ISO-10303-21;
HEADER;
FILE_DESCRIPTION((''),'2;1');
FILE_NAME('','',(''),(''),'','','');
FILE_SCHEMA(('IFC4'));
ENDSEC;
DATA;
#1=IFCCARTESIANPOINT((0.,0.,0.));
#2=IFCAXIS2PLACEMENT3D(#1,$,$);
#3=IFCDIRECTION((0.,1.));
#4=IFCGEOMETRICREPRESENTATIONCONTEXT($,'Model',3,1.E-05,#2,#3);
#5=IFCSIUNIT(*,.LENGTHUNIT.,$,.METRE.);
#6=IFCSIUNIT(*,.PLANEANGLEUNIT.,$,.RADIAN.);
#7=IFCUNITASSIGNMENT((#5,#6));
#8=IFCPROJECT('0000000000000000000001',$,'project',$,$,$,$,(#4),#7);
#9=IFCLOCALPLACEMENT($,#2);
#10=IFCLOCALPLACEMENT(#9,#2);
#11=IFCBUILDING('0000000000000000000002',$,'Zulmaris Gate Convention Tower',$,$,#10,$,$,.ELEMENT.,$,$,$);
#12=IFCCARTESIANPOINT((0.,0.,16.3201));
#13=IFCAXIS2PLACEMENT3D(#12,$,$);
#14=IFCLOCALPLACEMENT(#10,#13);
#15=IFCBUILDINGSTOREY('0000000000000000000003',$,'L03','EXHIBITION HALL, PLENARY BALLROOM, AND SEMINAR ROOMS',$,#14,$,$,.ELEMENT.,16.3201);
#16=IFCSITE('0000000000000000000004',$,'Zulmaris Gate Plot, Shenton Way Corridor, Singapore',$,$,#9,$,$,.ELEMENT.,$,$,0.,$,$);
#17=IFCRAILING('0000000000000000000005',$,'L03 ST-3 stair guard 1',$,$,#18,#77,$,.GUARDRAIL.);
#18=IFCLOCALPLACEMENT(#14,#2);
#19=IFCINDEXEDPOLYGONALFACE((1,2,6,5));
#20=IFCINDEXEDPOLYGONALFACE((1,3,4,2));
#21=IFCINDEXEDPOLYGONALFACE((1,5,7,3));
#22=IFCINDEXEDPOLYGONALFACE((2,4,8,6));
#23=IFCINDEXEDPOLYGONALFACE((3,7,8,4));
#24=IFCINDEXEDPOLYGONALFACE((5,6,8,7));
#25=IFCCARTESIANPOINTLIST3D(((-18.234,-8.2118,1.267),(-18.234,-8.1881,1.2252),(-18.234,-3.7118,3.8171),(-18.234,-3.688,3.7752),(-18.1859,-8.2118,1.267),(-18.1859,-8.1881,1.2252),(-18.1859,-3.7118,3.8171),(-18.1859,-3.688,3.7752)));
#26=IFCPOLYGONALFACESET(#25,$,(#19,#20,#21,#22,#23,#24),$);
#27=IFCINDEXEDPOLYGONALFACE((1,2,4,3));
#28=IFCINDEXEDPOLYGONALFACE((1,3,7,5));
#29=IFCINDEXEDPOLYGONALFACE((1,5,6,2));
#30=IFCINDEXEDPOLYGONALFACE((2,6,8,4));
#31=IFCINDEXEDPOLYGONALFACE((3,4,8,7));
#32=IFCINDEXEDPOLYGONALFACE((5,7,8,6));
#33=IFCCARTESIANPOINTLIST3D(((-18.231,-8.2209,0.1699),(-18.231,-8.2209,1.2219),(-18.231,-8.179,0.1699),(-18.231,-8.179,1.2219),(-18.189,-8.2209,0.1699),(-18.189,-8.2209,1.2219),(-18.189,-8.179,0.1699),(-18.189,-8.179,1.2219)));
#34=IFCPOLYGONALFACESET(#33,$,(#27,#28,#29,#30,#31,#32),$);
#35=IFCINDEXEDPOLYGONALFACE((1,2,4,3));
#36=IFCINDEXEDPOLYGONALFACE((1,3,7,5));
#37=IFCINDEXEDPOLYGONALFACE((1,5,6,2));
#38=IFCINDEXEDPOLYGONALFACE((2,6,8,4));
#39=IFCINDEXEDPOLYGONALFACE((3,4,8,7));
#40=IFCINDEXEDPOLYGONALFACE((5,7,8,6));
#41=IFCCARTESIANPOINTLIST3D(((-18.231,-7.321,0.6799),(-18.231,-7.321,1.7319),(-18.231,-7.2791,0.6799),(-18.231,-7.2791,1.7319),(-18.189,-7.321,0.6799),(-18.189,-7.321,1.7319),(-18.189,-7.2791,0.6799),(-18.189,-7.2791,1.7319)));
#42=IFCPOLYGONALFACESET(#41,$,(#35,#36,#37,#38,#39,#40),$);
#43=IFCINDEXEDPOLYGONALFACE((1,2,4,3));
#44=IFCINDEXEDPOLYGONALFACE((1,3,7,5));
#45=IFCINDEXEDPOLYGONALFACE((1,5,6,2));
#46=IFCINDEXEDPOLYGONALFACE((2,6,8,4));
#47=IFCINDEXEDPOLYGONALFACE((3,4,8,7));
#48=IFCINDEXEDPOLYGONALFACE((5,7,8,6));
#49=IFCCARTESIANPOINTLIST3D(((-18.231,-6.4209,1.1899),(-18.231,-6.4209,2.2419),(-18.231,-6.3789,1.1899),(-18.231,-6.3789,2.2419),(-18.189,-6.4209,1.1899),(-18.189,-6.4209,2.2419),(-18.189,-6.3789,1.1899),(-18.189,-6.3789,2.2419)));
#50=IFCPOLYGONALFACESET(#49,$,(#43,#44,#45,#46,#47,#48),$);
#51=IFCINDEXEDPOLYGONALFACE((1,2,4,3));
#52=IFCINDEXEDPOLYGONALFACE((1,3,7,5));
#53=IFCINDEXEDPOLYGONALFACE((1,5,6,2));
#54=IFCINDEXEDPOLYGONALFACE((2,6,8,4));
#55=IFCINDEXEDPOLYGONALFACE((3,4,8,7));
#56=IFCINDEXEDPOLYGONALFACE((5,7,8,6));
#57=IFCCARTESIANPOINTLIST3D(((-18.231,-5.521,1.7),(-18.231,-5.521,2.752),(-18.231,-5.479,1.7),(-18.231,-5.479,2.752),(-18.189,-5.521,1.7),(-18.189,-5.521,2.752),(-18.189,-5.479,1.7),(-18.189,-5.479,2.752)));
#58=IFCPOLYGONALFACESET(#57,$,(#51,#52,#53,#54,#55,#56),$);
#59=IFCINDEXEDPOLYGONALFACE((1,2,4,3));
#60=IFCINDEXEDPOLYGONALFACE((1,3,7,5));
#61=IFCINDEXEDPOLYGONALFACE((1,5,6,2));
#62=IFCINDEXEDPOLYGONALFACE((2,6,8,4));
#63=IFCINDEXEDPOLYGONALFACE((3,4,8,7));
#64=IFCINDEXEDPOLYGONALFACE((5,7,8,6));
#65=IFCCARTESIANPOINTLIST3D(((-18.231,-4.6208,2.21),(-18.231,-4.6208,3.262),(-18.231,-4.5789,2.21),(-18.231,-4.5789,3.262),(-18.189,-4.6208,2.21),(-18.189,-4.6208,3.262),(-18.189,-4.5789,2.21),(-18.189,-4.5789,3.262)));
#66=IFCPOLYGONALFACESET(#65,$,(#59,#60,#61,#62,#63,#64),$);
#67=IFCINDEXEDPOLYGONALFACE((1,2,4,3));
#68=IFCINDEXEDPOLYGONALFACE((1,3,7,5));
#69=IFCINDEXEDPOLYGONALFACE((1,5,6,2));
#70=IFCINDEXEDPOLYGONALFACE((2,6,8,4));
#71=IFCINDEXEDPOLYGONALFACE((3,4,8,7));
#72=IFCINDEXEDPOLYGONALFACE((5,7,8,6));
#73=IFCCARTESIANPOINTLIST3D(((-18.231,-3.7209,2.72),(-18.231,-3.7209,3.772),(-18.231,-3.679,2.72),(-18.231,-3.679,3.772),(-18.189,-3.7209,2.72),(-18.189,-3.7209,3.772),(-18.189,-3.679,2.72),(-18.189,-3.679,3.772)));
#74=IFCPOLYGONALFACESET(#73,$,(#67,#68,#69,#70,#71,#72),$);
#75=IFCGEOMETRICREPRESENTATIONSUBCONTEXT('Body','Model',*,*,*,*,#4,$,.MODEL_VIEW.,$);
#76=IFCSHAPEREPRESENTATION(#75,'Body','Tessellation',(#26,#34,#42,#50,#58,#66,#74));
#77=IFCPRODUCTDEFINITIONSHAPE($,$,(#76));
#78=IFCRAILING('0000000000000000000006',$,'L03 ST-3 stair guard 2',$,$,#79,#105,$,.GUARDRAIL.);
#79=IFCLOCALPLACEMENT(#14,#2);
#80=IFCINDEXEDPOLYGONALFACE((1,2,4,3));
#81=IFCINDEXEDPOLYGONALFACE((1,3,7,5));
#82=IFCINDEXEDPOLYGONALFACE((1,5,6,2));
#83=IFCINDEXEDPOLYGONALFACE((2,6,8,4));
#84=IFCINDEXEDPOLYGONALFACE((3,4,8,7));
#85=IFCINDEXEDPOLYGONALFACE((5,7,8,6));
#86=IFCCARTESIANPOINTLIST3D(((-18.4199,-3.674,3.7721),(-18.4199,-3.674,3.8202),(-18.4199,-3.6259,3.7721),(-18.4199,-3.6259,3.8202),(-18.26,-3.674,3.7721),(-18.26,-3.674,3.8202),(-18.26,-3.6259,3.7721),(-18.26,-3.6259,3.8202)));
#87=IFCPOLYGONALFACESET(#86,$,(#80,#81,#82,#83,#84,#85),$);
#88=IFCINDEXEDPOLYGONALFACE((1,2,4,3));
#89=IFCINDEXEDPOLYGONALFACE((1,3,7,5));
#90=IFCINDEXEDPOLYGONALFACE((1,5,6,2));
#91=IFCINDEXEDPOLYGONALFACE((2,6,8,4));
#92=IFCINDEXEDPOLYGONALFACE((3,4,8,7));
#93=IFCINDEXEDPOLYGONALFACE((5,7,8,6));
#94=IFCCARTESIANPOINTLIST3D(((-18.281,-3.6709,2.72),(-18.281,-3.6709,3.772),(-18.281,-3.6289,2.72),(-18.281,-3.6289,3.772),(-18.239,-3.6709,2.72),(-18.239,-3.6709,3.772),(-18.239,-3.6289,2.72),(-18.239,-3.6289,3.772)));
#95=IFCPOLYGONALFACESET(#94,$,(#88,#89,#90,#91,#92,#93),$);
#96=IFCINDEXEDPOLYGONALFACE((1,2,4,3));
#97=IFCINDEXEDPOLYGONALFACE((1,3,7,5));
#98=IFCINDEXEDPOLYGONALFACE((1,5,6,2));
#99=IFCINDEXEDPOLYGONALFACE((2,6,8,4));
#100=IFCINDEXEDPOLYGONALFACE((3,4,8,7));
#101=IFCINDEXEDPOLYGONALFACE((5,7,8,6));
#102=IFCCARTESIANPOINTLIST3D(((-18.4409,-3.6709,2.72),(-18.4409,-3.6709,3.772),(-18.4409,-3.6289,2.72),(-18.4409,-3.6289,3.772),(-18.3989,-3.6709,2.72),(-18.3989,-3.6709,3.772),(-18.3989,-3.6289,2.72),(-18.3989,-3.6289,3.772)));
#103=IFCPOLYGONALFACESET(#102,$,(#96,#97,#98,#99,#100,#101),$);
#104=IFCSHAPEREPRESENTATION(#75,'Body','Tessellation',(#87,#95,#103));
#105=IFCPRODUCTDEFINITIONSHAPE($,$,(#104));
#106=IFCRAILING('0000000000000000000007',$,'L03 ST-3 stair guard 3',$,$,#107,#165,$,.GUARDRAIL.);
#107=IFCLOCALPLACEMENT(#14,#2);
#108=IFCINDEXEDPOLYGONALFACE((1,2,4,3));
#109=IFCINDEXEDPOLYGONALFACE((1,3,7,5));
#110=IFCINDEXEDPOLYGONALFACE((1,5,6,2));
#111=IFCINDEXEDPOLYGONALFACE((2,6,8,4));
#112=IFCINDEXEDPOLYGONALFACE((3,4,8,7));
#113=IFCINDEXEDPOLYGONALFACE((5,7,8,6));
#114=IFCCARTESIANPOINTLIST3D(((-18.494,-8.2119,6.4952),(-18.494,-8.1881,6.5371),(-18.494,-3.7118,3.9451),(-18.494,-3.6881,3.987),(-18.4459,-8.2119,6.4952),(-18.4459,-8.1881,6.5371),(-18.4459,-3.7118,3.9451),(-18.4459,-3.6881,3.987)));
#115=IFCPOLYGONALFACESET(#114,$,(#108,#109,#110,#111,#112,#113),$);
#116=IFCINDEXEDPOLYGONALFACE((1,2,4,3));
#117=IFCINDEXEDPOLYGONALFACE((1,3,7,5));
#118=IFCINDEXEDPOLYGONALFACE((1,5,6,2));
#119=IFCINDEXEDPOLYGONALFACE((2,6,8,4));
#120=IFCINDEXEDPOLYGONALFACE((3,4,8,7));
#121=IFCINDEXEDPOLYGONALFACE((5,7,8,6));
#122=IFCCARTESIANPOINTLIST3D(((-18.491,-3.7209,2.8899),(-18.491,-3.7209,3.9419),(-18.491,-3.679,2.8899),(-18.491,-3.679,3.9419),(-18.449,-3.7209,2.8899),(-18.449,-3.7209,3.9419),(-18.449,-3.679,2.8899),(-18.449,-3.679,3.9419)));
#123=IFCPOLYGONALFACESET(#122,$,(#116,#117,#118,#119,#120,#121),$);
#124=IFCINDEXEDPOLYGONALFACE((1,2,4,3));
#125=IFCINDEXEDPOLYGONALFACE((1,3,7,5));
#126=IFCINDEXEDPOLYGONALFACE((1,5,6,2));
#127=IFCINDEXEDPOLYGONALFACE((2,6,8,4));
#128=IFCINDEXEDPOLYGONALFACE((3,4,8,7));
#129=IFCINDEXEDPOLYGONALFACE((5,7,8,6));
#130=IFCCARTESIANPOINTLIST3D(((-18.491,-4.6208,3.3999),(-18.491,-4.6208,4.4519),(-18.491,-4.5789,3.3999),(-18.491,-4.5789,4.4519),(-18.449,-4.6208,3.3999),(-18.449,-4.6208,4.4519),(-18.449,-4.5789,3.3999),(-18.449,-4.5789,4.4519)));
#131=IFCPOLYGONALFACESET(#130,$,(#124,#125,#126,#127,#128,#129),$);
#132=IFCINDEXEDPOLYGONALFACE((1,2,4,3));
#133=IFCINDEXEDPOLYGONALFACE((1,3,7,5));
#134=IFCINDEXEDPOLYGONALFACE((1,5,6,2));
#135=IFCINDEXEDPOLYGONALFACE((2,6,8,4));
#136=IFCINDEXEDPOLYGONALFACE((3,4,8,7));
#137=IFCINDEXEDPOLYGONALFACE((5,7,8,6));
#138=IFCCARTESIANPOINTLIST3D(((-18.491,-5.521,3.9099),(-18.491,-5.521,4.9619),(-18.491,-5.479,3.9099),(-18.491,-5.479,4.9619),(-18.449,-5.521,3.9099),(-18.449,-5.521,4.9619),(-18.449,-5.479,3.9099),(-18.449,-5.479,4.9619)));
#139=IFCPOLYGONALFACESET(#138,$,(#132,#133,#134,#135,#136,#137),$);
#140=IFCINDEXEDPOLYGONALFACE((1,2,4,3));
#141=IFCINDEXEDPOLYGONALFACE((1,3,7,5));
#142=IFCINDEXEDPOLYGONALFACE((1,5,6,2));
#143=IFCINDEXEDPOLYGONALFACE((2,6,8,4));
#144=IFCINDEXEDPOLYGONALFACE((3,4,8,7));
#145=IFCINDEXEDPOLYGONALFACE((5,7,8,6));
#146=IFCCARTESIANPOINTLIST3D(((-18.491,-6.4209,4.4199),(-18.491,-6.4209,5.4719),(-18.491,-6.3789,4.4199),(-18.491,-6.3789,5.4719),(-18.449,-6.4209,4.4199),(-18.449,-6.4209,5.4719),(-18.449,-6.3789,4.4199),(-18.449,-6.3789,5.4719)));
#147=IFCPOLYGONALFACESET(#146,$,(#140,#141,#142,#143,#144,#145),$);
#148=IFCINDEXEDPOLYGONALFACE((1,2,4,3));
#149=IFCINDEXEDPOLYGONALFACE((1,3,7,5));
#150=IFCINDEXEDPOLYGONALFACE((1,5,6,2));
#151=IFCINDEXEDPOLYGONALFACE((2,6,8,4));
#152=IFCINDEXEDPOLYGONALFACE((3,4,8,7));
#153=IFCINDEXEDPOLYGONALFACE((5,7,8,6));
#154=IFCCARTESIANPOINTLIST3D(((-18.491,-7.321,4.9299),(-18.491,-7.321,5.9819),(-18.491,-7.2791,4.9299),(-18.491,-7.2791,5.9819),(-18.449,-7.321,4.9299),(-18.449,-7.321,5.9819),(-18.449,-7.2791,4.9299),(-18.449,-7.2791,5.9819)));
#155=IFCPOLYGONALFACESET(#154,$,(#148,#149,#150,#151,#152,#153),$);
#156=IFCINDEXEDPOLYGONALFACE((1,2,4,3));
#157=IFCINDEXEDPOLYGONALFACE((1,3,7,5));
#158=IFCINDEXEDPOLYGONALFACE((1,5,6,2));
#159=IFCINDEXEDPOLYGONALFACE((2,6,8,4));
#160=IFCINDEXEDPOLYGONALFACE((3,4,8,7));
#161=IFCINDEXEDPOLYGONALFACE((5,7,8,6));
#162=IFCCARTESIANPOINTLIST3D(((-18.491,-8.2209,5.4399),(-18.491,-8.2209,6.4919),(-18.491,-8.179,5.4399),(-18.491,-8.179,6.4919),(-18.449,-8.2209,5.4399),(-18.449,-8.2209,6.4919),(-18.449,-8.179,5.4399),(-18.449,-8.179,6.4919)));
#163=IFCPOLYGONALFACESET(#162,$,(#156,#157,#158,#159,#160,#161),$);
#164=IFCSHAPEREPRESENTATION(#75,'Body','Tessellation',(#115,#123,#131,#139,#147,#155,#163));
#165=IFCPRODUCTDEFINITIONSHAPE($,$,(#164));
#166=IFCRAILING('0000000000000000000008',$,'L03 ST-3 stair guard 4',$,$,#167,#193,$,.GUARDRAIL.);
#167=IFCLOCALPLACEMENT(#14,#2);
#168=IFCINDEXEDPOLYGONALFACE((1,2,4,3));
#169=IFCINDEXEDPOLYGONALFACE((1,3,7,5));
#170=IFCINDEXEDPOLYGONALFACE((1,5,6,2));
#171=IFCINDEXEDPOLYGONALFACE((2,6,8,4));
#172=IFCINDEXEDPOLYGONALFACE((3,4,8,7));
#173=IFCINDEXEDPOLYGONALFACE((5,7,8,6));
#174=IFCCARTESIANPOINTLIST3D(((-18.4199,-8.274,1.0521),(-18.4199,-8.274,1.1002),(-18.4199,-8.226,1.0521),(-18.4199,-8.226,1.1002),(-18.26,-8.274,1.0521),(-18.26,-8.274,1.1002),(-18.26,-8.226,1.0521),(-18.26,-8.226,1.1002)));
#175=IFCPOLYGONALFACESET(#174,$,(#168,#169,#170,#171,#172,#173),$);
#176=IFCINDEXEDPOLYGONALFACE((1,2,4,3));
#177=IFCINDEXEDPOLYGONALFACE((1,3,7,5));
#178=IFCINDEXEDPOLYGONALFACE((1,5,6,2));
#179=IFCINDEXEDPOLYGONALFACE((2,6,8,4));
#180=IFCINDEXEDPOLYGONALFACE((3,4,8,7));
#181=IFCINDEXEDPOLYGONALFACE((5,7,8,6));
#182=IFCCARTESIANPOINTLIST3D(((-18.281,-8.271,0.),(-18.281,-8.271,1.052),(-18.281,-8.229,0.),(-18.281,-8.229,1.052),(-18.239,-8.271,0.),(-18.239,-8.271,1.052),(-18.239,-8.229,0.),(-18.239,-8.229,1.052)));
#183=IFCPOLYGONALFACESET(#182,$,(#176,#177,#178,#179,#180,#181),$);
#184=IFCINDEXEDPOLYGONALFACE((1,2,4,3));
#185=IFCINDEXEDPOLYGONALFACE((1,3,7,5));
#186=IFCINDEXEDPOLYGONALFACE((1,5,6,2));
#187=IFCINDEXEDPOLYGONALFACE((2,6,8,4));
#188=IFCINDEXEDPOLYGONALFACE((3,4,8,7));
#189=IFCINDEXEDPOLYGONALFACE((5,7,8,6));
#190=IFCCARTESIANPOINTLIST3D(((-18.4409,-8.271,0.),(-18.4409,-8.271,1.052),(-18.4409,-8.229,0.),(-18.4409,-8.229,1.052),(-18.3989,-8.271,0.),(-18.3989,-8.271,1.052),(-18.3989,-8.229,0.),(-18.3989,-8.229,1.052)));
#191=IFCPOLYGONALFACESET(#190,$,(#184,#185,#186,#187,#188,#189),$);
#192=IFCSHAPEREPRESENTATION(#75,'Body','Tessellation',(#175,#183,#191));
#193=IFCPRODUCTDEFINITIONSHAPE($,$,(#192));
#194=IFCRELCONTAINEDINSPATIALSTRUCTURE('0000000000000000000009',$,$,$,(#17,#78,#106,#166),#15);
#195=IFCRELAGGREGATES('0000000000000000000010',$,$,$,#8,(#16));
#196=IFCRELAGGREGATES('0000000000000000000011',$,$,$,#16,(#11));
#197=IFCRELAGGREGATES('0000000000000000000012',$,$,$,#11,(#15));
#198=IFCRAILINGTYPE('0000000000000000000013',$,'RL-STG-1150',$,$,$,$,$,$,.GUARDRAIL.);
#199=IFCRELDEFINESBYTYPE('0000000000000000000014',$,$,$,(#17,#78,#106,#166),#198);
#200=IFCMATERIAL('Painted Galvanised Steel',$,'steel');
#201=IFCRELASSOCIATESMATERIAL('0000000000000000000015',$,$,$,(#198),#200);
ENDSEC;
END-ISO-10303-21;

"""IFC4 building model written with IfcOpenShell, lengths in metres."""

from ifc_helpers import new_model, si_unit, direction, frame, origin, origin_2d, place, context, subcontext, project, spatial, rectangle, extrude, material, type_object, element, save


model = new_model("IFC4")

# Units and contexts
model_context = context("Model", 3, precision=1e-05, world=origin(), true_north=direction((0.0, 1.0)))
body_context = subcontext(model_context, "Body", "Model", "MODEL_VIEW")
ifc_project = project(units=[si_unit("LENGTHUNIT", "METRE"), si_unit("PLANEANGLEUNIT", "RADIAN")], contexts=[model_context])

# Site, building, storey
site_placement = place(None, origin())
site = spatial("IfcSite", under=ifc_project, at=site_placement, Name="Zulmaris Gate Plot, Shenton Way Corridor, Singapore", CompositionType="ELEMENT", RefElevation=0.0)
building_placement = place(site_placement, origin())
building = spatial("IfcBuilding", under=site, at=building_placement, Name="Zulmaris Gate Convention Tower", CompositionType="ELEMENT")
storey_placement = place(building_placement, frame((0.0, 0.0, 16.3201)))
storey = spatial("IfcBuildingStorey", under=building, at=storey_placement, Name="L03", Description="EXHIBITION HALL, PLENARY BALLROOM, AND SEMINAR ROOMS", CompositionType="ELEMENT", Elevation=16.3201)

# Railings
ifc_material_1 = material(Name="Painted Galvanised Steel", Category="steel")
railing_type_1 = type_object("IfcRailingType", Name="RL-STG-1150", PredefinedType="GUARDRAIL", material=ifc_material_1)
railing_1_placement = place(storey_placement, frame((-18.21, -8.2, 0.1699)))
element("IfcRailing", 1, at=railing_1_placement, inside=storey, type_object=railing_type_1, Name="L03 ST-3 stair guard 1", PredefinedType="GUARDRAIL", context=body_context, shape_type="SweptSolid", body=[
    extrude(rectangle(XDim=0.0481, YDim=0.0481, at=origin_2d()), frame((0.0, 0.0, 1.0762), z_axis=(0.0, 0.870018, 0.49302), x_axis=(-1.0, 0.0, 0.0)), (0.0, 0.0, 1.0), 5.1724),
    extrude(rectangle(XDim=0.042, YDim=0.042, at=origin_2d()), origin(), (0.0, 0.0, 1.0), 1.052),
    extrude(rectangle(XDim=0.042, YDim=0.042, at=origin_2d()), frame((0.0, 0.8999, 0.51)), (0.0, 0.0, 1.0), 1.052),
    extrude(rectangle(XDim=0.042, YDim=0.042, at=origin_2d()), frame((0.0, 1.8, 1.02)), (0.0, 0.0, 1.0), 1.052),
    extrude(rectangle(XDim=0.042, YDim=0.042, at=origin_2d()), frame((0.0, 2.7, 1.53)), (0.0, 0.0, 1.0), 1.052),
    extrude(rectangle(XDim=0.042, YDim=0.042, at=origin_2d()), frame((0.0, 3.6001, 2.04)), (0.0, 0.0, 1.0), 1.052),
    extrude(rectangle(XDim=0.042, YDim=0.042, at=origin_2d()), frame((0.0, 4.5, 2.55)), (0.0, 0.0, 1.0), 1.052),
])
railing_2_placement = place(storey_placement, frame((-18.26, -3.6499, 2.72)))
element("IfcRailing", 2, at=railing_2_placement, inside=storey, type_object=railing_type_1, Name="L03 ST-3 stair guard 2", PredefinedType="GUARDRAIL", context=body_context, shape_type="SweptSolid", body=[
    extrude(rectangle(XDim=0.0481, YDim=0.0481, at=origin_2d()), frame((0.0, 0.0, 1.0762), z_axis=(-1.0, 0.0, 0.0), x_axis=(0.0, -1.0, 0.0)), (0.0, 0.0, 1.0), 0.1599),
    extrude(rectangle(XDim=0.042, YDim=0.042, at=origin_2d()), origin(), (0.0, 0.0, 1.0), 1.052),
    extrude(rectangle(XDim=0.042, YDim=0.042, at=origin_2d()), frame((-0.1599, 0.0, 0.0)), (0.0, 0.0, 1.0), 1.052),
])
railing_3_placement = place(storey_placement, frame((-18.47, -3.7, 2.8899)))
element("IfcRailing", 3, at=railing_3_placement, inside=storey, type_object=railing_type_1, Name="L03 ST-3 stair guard 3", PredefinedType="GUARDRAIL", context=body_context, shape_type="SweptSolid", body=[
    extrude(rectangle(XDim=0.0481, YDim=0.0481, at=origin_2d()), frame((0.0, 0.0, 1.0762), z_axis=(0.0, -0.870018, 0.49302), x_axis=(1.0, 0.0, 0.0)), (0.0, 0.0, 1.0), 5.1724),
    extrude(rectangle(XDim=0.042, YDim=0.042, at=origin_2d()), origin(), (0.0, 0.0, 1.0), 1.052),
    extrude(rectangle(XDim=0.042, YDim=0.042, at=origin_2d()), frame((0.0, -0.8999, 0.51)), (0.0, 0.0, 1.0), 1.052),
    extrude(rectangle(XDim=0.042, YDim=0.042, at=origin_2d()), frame((0.0, -1.8, 1.02)), (0.0, 0.0, 1.0), 1.052),
    extrude(rectangle(XDim=0.042, YDim=0.042, at=origin_2d()), frame((0.0, -2.7, 1.53)), (0.0, 0.0, 1.0), 1.052),
    extrude(rectangle(XDim=0.042, YDim=0.042, at=origin_2d()), frame((0.0, -3.6001, 2.04)), (0.0, 0.0, 1.0), 1.052),
    extrude(rectangle(XDim=0.042, YDim=0.042, at=origin_2d()), frame((0.0, -4.5, 2.55)), (0.0, 0.0, 1.0), 1.052),
])
railing_4_placement = place(storey_placement, frame((-18.26, -8.25, 0.0)))
element("IfcRailing", 4, at=railing_4_placement, inside=storey, type_object=railing_type_1, Name="L03 ST-3 stair guard 4", PredefinedType="GUARDRAIL", context=body_context, shape_type="SweptSolid", body=[
    extrude(rectangle(XDim=0.0481, YDim=0.0481, at=origin_2d()), frame((0.0, 0.0, 1.0762), z_axis=(-1.0, 0.0, 0.0), x_axis=(0.0, -1.0, 0.0)), (0.0, 0.0, 1.0), 0.1599),
    extrude(rectangle(XDim=0.042, YDim=0.042, at=origin_2d()), origin(), (0.0, 0.0, 1.0), 1.052),
    extrude(rectangle(XDim=0.042, YDim=0.042, at=origin_2d()), frame((-0.1599, 0.0, 0.0)), (0.0, 0.0, 1.0), 1.052),
])

save(model, "model.ifc")
